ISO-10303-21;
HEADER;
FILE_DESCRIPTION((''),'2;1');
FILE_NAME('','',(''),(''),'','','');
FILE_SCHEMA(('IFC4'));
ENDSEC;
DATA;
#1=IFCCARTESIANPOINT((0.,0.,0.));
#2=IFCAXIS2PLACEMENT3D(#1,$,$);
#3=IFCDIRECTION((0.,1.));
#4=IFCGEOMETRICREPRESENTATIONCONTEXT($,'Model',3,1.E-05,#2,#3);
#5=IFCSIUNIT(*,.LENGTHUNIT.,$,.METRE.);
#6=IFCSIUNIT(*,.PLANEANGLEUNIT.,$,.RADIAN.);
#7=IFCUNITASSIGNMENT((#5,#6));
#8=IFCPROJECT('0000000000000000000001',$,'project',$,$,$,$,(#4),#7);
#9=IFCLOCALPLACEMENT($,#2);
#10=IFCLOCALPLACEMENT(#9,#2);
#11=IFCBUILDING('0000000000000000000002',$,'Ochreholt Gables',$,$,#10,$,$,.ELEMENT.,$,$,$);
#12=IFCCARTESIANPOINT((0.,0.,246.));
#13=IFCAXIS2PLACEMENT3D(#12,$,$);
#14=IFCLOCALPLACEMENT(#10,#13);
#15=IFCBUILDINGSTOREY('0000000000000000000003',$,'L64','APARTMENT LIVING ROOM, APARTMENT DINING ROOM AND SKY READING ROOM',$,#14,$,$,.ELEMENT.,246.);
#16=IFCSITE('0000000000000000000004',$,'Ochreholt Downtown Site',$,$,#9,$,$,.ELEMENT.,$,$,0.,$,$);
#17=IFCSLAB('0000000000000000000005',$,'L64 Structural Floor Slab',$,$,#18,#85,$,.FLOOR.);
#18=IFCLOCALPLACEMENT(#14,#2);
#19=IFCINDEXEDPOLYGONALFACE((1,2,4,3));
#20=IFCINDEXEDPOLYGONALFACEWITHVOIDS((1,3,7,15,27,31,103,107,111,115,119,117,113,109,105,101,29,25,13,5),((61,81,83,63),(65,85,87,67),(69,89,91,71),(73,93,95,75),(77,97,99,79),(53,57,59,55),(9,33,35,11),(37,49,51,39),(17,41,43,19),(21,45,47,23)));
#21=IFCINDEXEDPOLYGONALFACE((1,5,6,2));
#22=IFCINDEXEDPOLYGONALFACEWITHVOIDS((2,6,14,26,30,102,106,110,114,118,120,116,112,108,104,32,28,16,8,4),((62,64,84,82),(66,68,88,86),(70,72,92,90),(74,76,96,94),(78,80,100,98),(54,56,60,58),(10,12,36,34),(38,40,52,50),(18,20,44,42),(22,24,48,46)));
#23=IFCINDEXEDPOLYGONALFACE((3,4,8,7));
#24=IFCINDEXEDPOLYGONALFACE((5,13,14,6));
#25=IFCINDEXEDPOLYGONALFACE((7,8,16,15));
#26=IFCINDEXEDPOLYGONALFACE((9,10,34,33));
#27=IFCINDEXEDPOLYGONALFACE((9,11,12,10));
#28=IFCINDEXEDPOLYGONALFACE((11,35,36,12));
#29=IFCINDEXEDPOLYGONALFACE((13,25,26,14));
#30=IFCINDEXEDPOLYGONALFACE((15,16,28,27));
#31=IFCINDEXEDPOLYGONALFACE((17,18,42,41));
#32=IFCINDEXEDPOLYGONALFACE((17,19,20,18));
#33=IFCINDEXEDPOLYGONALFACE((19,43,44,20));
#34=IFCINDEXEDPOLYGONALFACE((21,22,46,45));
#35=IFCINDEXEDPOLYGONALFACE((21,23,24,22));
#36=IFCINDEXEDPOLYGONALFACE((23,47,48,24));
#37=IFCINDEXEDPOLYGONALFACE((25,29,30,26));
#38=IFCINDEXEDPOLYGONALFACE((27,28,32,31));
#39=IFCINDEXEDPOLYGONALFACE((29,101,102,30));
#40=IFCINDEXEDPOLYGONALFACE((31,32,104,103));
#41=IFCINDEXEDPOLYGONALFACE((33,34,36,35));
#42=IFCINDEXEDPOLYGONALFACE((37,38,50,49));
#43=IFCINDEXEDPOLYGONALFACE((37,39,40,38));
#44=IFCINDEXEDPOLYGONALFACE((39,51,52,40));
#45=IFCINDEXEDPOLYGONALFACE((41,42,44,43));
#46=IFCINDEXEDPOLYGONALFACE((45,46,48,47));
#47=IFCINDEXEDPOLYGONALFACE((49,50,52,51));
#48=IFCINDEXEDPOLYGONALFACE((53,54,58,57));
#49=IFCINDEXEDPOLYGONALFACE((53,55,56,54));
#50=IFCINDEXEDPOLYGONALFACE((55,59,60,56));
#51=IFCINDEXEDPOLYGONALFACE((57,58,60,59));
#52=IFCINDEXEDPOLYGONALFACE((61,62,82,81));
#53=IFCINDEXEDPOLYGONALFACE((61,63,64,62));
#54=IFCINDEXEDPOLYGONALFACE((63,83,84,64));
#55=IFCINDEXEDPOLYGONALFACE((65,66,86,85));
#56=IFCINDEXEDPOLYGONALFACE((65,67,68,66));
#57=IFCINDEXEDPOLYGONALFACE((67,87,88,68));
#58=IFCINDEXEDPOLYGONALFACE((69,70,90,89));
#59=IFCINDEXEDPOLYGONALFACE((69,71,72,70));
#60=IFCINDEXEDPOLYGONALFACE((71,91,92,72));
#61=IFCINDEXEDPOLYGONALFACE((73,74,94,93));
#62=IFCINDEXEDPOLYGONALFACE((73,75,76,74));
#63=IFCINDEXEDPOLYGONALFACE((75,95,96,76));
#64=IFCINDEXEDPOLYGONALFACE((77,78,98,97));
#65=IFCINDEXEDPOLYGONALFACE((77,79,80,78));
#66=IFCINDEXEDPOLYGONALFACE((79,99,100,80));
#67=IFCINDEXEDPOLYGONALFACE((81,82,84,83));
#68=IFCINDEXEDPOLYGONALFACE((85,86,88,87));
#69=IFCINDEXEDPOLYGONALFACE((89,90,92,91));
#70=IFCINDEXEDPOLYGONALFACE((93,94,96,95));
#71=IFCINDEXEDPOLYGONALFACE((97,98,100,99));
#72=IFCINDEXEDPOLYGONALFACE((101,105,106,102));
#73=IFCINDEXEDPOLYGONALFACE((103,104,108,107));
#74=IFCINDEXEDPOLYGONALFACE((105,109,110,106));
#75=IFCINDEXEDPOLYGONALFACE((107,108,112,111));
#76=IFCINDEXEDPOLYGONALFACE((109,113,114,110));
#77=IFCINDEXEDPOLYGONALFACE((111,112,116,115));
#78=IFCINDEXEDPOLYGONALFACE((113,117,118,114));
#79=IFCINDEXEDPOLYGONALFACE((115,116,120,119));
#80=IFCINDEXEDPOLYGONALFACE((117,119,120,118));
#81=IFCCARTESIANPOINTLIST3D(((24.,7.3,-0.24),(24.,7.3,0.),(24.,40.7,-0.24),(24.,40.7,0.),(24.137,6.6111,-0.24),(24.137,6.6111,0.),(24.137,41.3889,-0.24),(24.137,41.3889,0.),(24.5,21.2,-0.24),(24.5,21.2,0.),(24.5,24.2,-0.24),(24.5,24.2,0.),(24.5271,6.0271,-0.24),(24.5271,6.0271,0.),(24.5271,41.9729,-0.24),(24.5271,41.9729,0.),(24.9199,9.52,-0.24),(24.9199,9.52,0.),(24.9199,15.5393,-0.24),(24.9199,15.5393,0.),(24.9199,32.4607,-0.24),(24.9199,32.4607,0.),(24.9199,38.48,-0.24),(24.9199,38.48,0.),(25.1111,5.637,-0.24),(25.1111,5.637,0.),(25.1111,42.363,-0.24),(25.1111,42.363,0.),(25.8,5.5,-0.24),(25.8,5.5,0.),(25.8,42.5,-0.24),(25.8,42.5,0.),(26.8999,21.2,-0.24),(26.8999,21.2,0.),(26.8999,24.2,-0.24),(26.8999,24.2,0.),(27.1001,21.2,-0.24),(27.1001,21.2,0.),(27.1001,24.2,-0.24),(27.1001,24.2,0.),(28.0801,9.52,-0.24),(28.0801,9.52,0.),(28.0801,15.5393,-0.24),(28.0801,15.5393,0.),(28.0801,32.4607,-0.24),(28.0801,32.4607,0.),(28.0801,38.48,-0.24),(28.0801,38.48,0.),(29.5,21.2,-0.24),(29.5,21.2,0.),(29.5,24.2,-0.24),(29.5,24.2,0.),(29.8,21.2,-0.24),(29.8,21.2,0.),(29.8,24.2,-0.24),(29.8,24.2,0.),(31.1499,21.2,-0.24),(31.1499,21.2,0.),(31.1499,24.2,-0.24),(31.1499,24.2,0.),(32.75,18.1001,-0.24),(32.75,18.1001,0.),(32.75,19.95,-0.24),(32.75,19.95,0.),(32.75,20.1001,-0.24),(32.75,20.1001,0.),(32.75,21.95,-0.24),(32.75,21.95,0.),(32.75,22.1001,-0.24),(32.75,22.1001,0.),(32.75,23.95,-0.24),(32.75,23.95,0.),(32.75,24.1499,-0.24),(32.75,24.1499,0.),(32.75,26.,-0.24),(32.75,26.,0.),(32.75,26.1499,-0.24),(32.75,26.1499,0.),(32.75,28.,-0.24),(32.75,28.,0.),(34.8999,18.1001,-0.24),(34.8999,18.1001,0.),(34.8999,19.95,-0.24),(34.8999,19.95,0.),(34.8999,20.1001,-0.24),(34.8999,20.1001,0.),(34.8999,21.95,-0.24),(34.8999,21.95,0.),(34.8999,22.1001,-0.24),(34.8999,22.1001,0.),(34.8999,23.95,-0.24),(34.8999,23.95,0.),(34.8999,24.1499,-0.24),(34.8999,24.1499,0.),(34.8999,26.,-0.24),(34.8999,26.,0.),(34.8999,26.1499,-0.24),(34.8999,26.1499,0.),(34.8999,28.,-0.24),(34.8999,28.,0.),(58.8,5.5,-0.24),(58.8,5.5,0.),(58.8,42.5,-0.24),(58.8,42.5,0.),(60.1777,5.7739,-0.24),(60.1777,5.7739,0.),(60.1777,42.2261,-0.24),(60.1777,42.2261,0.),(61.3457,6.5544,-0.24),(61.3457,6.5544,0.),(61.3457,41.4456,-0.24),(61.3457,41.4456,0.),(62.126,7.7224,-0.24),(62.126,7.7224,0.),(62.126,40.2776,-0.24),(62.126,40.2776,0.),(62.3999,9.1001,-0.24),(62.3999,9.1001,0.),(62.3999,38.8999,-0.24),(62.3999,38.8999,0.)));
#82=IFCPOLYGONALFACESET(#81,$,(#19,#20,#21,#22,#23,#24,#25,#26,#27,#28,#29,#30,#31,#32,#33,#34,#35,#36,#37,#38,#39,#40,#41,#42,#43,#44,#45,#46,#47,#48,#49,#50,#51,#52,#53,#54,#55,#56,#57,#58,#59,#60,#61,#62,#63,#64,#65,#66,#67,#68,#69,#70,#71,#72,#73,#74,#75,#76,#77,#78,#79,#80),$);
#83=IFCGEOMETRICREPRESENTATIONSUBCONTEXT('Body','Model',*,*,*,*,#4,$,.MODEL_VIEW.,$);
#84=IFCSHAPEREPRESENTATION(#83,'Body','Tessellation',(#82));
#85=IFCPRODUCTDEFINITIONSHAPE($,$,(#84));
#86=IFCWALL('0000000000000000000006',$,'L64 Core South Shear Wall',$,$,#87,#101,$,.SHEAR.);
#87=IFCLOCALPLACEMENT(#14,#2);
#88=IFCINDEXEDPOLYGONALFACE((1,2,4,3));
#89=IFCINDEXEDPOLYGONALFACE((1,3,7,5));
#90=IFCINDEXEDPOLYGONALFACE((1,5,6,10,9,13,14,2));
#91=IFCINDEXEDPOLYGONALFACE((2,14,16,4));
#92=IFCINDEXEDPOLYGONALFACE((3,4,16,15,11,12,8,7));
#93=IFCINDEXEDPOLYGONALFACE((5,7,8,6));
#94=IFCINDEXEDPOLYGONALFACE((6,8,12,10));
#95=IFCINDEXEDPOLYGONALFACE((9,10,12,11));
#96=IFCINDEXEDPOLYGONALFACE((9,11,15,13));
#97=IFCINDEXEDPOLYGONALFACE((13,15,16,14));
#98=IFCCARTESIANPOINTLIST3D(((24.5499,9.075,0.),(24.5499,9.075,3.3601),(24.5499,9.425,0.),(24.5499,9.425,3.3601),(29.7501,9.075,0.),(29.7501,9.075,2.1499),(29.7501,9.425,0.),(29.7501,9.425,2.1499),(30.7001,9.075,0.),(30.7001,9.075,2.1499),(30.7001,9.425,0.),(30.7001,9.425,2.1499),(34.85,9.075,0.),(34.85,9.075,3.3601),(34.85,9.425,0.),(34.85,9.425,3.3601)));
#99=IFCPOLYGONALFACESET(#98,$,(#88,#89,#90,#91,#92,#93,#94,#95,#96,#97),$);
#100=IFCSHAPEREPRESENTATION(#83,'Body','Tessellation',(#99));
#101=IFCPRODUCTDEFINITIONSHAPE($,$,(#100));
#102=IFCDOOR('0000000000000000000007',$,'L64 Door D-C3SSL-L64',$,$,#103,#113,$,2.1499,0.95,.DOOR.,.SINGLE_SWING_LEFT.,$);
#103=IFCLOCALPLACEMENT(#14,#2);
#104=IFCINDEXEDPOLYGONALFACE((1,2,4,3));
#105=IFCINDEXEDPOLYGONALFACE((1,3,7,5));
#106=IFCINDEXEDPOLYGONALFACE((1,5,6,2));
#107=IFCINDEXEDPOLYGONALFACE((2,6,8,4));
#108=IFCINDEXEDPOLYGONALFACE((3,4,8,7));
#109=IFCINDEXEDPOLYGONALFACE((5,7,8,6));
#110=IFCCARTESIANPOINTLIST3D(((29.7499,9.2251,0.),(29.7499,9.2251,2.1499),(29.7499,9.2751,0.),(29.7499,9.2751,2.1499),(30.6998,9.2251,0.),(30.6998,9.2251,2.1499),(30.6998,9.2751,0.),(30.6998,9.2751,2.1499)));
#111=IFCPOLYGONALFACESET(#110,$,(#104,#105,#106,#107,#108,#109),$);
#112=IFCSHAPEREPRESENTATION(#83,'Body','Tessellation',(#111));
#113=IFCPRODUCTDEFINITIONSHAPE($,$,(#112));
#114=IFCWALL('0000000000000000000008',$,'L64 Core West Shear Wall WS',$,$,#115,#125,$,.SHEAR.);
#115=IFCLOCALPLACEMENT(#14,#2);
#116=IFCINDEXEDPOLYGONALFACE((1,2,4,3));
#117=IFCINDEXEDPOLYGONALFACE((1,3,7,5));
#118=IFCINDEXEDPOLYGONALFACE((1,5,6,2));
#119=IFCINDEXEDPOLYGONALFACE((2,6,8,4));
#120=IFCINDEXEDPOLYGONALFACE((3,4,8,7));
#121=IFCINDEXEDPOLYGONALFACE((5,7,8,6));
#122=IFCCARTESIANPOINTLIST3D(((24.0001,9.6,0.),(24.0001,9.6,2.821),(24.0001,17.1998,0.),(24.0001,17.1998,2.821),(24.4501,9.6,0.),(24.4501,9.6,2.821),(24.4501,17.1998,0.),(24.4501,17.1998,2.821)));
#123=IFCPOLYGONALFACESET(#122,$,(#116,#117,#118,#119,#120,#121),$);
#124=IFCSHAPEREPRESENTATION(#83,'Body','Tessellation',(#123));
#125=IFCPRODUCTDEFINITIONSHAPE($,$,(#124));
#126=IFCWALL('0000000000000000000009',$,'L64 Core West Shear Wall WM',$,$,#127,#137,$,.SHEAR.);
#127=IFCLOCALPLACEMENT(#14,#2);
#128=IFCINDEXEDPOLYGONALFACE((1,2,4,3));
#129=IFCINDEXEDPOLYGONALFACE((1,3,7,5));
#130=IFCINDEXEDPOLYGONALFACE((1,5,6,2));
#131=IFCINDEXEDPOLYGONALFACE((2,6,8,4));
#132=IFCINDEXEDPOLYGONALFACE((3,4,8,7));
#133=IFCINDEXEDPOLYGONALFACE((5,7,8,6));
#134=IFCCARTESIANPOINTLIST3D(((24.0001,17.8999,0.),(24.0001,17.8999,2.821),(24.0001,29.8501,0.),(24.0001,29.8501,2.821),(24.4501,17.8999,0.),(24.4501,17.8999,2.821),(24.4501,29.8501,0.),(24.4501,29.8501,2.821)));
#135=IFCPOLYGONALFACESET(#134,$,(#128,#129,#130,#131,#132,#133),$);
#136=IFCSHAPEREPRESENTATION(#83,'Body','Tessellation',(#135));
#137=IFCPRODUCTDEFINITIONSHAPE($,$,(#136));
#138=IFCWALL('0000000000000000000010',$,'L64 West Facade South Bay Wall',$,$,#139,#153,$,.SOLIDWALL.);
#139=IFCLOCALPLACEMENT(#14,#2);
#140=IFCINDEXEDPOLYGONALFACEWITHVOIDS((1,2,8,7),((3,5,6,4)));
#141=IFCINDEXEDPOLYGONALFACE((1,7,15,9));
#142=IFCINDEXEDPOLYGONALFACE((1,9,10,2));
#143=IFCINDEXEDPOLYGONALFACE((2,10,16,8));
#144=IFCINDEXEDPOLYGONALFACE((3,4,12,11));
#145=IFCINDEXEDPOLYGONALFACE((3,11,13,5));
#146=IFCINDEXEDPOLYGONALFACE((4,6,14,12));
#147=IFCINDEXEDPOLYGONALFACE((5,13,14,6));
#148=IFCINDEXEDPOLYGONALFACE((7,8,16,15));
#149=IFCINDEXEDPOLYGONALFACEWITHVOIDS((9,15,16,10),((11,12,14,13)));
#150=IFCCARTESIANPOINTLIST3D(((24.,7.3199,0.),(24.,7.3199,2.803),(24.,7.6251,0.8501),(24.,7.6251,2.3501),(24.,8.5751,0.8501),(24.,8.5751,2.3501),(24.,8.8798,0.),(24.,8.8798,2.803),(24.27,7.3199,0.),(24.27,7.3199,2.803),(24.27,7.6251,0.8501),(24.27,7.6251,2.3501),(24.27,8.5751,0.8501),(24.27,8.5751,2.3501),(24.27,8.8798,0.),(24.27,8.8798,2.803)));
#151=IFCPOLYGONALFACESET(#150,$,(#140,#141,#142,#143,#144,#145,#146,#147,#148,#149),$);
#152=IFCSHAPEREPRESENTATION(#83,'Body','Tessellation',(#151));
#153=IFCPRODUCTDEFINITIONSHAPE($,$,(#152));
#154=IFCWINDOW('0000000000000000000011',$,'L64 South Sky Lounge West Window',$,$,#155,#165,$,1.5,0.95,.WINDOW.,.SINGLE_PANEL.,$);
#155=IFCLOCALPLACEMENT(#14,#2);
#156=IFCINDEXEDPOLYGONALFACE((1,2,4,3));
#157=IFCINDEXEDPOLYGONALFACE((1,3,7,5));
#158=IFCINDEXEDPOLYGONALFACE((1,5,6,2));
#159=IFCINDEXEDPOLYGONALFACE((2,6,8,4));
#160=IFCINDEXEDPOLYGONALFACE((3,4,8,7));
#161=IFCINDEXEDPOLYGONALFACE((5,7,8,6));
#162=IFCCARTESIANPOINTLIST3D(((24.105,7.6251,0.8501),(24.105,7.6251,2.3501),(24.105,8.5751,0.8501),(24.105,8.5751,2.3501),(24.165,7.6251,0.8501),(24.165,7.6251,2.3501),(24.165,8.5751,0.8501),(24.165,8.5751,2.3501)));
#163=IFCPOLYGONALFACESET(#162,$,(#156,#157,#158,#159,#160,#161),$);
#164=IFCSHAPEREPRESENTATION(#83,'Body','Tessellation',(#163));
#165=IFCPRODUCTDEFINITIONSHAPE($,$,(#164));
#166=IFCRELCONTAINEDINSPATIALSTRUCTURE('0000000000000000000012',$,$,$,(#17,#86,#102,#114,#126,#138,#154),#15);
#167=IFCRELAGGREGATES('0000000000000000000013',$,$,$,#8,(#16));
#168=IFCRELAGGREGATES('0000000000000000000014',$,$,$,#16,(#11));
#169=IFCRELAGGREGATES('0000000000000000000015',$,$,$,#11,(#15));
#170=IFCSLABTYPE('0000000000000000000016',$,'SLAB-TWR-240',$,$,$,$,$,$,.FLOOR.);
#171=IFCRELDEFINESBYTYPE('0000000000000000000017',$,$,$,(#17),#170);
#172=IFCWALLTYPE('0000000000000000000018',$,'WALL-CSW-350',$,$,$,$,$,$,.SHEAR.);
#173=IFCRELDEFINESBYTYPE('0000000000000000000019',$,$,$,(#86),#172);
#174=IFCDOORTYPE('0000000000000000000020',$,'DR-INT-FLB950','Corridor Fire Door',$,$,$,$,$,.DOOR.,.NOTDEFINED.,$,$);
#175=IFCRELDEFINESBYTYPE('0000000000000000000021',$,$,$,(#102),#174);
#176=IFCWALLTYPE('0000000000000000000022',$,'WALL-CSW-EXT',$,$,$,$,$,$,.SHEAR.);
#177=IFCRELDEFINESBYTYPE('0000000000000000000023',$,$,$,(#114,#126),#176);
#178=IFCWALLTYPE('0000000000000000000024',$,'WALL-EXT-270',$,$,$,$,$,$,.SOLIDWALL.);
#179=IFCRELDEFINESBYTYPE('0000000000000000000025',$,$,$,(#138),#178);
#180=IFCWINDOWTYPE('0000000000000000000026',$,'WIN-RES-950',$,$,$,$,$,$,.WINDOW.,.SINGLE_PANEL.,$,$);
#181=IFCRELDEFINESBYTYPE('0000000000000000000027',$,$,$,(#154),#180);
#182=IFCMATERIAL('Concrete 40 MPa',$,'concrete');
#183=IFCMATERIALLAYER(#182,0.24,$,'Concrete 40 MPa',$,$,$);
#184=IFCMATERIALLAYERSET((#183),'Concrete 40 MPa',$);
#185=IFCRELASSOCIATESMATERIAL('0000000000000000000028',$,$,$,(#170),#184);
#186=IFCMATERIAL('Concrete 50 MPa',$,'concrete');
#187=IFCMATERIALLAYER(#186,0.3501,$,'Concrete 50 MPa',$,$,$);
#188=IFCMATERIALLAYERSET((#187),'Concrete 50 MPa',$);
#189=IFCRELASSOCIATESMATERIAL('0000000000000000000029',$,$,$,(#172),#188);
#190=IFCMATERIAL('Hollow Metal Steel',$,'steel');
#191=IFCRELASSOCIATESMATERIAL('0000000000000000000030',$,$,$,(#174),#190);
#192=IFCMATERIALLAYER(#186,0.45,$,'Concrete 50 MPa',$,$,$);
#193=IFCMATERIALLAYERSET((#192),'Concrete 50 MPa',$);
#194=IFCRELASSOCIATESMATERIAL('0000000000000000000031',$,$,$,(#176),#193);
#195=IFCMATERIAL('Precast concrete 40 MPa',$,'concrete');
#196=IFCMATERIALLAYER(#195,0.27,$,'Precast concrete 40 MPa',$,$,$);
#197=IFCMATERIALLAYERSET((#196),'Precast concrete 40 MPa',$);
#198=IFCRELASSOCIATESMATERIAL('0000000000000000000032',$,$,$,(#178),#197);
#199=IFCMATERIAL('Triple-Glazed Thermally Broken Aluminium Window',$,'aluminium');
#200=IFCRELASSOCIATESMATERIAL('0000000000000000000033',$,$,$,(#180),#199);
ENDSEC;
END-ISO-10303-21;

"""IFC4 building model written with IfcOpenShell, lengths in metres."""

from ifc_helpers import new_model, si_unit, direction, frame, frame_2d, origin, place, context, subcontext, project, spatial, polyline, rectangle, outline, extrude, material, layer, layer_set, type_object, element, fill, save


model = new_model("IFC4")

# Units and contexts
model_context = context("Model", 3, precision=1e-05, world=origin(), true_north=direction((0.0, 1.0)))
body_context = subcontext(model_context, "Body", "Model", "MODEL_VIEW")
ifc_project = project(units=[si_unit("LENGTHUNIT", "METRE"), si_unit("PLANEANGLEUNIT", "RADIAN")], contexts=[model_context])

# Site, building, storey
site_placement = place(None, origin())
site = spatial("IfcSite", under=ifc_project, at=site_placement, Name="Ochreholt Downtown Site", CompositionType="ELEMENT", RefElevation=0.0)
building_placement = place(site_placement, origin())
building = spatial("IfcBuilding", under=site, at=building_placement, Name="Ochreholt Gables", CompositionType="ELEMENT")
storey_placement = place(building_placement, frame((0.0, 0.0, 246.0)))
storey = spatial("IfcBuildingStorey", under=building, at=storey_placement, Name="L64", Description="APARTMENT LIVING ROOM, APARTMENT DINING ROOM AND SKY READING ROOM", CompositionType="ELEMENT", Elevation=246.0)

# Shared definitions
ifc_material_1 = material(Name="Concrete 50 MPa", Category="concrete")

# Shared definitions
ifc_material_2 = material(Name="Concrete 40 MPa", Category="concrete")

# Slab
ifc_layer_1 = layer(ifc_material_2, 0.24, Name="Concrete 40 MPa")
ifc_layer_set_1 = layer_set([ifc_layer_1], Name="Concrete 40 MPa")
slab_type_1 = type_object("IfcSlabType", Name="SLAB-TWR-240", PredefinedType="FLOOR", material=ifc_layer_set_1)
slab_1_placement = place(storey_placement, frame((0.0, 0.0, -0.24)))
element("IfcSlab", 1, at=slab_1_placement, inside=storey, type_object=slab_type_1, Name="L64 Structural Floor Slab", PredefinedType="FLOOR", context=body_context, shape_type="SweptSolid", body=[
    extrude(outline(polyline([(24.0, 7.3), (24.137, 6.6111), (24.5271, 6.0271), (25.1111, 5.637), (25.8, 5.5), (58.8, 5.5), (60.1777, 5.7739), (61.3457, 6.5544), (62.126, 7.7224), (62.3999, 9.1001), (62.3999, 38.8999), (62.126, 40.2776), (61.3457, 41.4456), (60.1777, 42.2261), (58.8, 42.5), (25.8, 42.5), (25.1111, 42.363), (24.5271, 41.9729), (24.137, 41.3889), (24.0, 40.7), (24.0, 7.3)]), holes=[polyline([(24.9199, 15.5393), (24.9199, 9.52), (28.0801, 9.52), (28.0801, 15.5393), (24.9199, 15.5393)]), polyline([(28.0801, 32.4607), (28.0801, 38.48), (24.9199, 38.48), (24.9199, 32.4607), (28.0801, 32.4607)]), polyline([(24.5, 21.2), (26.8999, 21.2), (26.8999, 24.2), (24.5, 24.2), (24.5, 21.2)]), polyline([(27.1001, 21.2), (29.5, 21.2), (29.5, 24.2), (27.1001, 24.2), (27.1001, 21.2)]), polyline([(32.75, 18.1001), (34.8999, 18.1001), (34.8999, 19.95), (32.75, 19.95), (32.75, 18.1001)]), polyline([(32.75, 20.1001), (34.8999, 20.1001), (34.8999, 21.95), (32.75, 21.95), (32.75, 20.1001)]), polyline([(32.75, 22.1001), (34.8999, 22.1001), (34.8999, 23.95), (32.75, 23.95), (32.75, 22.1001)]), polyline([(32.75, 24.1499), (34.8999, 24.1499), (34.8999, 26.0), (32.75, 26.0), (32.75, 24.1499)]), polyline([(32.75, 26.1499), (34.8999, 26.1499), (34.8999, 28.0), (32.75, 28.0), (32.75, 26.1499)]), polyline([(29.8, 21.2), (31.1499, 21.2), (31.1499, 24.2), (29.8, 24.2), (29.8, 21.2)])]), origin(), (0.0, 0.0, 1.0), 0.24),
])

# Wall, opening, door
ifc_layer_2 = layer(ifc_material_1, 0.3501, Name="Concrete 50 MPa")
ifc_layer_set_2 = layer_set([ifc_layer_2], Name="Concrete 50 MPa")
wall_type_1 = type_object("IfcWallType", Name="WALL-CSW-350", PredefinedType="SHEAR", material=ifc_layer_set_2)
wall_1_placement = place(storey_placement, frame((24.55, 9.25, 0.0), z_axis=(0.0, 0.0, 1.0), x_axis=(1.0, 0.0, 0.0)))
wall_1 = element("IfcWall", 2, at=wall_1_placement, inside=storey, type_object=wall_type_1, Name="L64 Core South Shear Wall", PredefinedType="SHEAR", context=body_context, shape_type="SweptSolid", body=[
    extrude(rectangle(XDim=10.3, YDim=0.3501, at=frame_2d((5.1499, 0.0))), origin(), (0.0, 0.0, 1.0), 3.3601),
])
opening_1_placement = place(wall_1_placement, frame((5.2, 0.0, 0.0)))
opening_1 = element("IfcOpeningElement", 3, at=opening_1_placement, cuts=wall_1, PredefinedType="OPENING", context=body_context, shape_type="SweptSolid", body=[
    extrude(rectangle(XDim=0.95, YDim=2.1499, at=frame_2d((0.4751, 1.075))), frame((0.0, 0.1851, 0.0), z_axis=(0.0, -1.0, 0.0), x_axis=(1.0, 0.0, 0.0)), (0.0, 0.0, 1.0), 0.3701),
])
ifc_material_3 = material(Name="Hollow Metal Steel", Category="steel")
door_type_1 = type_object("IfcDoorType", Name="DR-INT-FLB950", Description="Corridor Fire Door", OperationType="NOTDEFINED", PredefinedType="DOOR", material=ifc_material_3)
door_1_placement = place(opening_1_placement, frame((0.95, 0.0, 0.0), z_axis=(0.0, 0.0, 1.0), x_axis=(-1.0, 0.0, 0.0)))
door_1 = element("IfcDoor", 4, at=door_1_placement, inside=storey, type_object=door_type_1, Name="L64 Door D-C3SSL-L64", OperationType="SINGLE_SWING_LEFT", OverallHeight=2.1499, OverallWidth=0.95, PredefinedType="DOOR", context=body_context, shape_type="SweptSolid", body=[
    extrude(rectangle(XDim=0.95, YDim=2.1499, at=frame_2d((0.4751, 1.075))), frame((0.0, 0.0249, 0.0), z_axis=(0.0, -1.0, 0.0), x_axis=(1.0, 0.0, 0.0)), (0.0, 0.0, 1.0), 0.05),
])
fill(opening_1, door_1)

# Walls
ifc_layer_3 = layer(ifc_material_1, 0.45, Name="Concrete 50 MPa")
ifc_layer_set_3 = layer_set([ifc_layer_3], Name="Concrete 50 MPa")
wall_type_2 = type_object("IfcWallType", Name="WALL-CSW-EXT", PredefinedType="SHEAR", material=ifc_layer_set_3)
wall_2_placement = place(storey_placement, frame((24.2251, 9.6001, 0.0), z_axis=(0.0, 0.0, 1.0), x_axis=(0.0, 1.0, 0.0)))
element("IfcWall", 5, at=wall_2_placement, inside=storey, type_object=wall_type_2, Name="L64 Core West Shear Wall WS", PredefinedType="SHEAR", context=body_context, shape_type="SweptSolid", body=[
    extrude(rectangle(XDim=7.5999, YDim=0.45, at=frame_2d((3.7998, 0.0))), origin(), (0.0, 0.0, 1.0), 2.821),
])
wall_3_placement = place(storey_placement, frame((24.2251, 17.8999, 0.0), z_axis=(0.0, 0.0, 1.0), x_axis=(0.0, 1.0, 0.0)))
element("IfcWall", 6, at=wall_3_placement, inside=storey, type_object=wall_type_2, Name="L64 Core West Shear Wall WM", PredefinedType="SHEAR", context=body_context, shape_type="SweptSolid", body=[
    extrude(rectangle(XDim=11.9502, YDim=0.45, at=frame_2d((5.9751, 0.0))), origin(), (0.0, 0.0, 1.0), 2.821),
])

# Wall, opening, window
ifc_material_4 = material(Name="Precast concrete 40 MPa", Category="concrete")
ifc_layer_4 = layer(ifc_material_4, 0.27, Name="Precast concrete 40 MPa")
ifc_layer_set_4 = layer_set([ifc_layer_4], Name="Precast concrete 40 MPa")
wall_type_3 = type_object("IfcWallType", Name="WALL-EXT-270", PredefinedType="SOLIDWALL", material=ifc_layer_set_4)
wall_4_placement = place(storey_placement, frame((24.135, 7.3201, 0.0), z_axis=(0.0, 0.0, 1.0), x_axis=(0.0, 1.0, 0.0)))
wall_4 = element("IfcWall", 7, at=wall_4_placement, inside=storey, type_object=wall_type_3, Name="L64 West Facade South Bay Wall", PredefinedType="SOLIDWALL", context=body_context, shape_type="SweptSolid", body=[
    extrude(rectangle(XDim=1.5598, YDim=0.27, at=frame_2d((0.7798, 0.0))), origin(), (0.0, 0.0, 1.0), 2.803),
])
opening_2_placement = place(wall_4_placement, frame((0.3049, 0.0, 0.8501)))
opening_2 = element("IfcOpeningElement", 8, at=opening_2_placement, cuts=wall_4, PredefinedType="OPENING", context=body_context, shape_type="SweptSolid", body=[
    extrude(rectangle(XDim=0.95, YDim=1.5, at=frame_2d((0.4751, 0.75))), frame((0.0, 0.145, 0.0), z_axis=(0.0, -1.0, 0.0), x_axis=(1.0, 0.0, 0.0)), (0.0, 0.0, 1.0), 0.29),
])
ifc_material_5 = material(Name="Triple-Glazed Thermally Broken Aluminium Window", Category="aluminium")
window_type = type_object("IfcWindowType", Name="WIN-RES-950", PartitioningType="SINGLE_PANEL", PredefinedType="WINDOW", material=ifc_material_5)
window_placement = place(opening_2_placement, origin())
window = element("IfcWindow", 9, at=window_placement, inside=storey, type_object=window_type, Name="L64 South Sky Lounge West Window", OverallHeight=1.5, OverallWidth=0.95, PartitioningType="SINGLE_PANEL", PredefinedType="WINDOW", context=body_context, shape_type="SweptSolid", body=[
    extrude(rectangle(XDim=0.95, YDim=1.5, at=frame_2d((0.4751, 0.75))), frame((0.0, 0.03, 0.0), z_axis=(0.0, -1.0, 0.0), x_axis=(1.0, 0.0, 0.0)), (0.0, 0.0, 1.0), 0.0601),
])
fill(opening_2, window)

save(model, "model.ifc")
